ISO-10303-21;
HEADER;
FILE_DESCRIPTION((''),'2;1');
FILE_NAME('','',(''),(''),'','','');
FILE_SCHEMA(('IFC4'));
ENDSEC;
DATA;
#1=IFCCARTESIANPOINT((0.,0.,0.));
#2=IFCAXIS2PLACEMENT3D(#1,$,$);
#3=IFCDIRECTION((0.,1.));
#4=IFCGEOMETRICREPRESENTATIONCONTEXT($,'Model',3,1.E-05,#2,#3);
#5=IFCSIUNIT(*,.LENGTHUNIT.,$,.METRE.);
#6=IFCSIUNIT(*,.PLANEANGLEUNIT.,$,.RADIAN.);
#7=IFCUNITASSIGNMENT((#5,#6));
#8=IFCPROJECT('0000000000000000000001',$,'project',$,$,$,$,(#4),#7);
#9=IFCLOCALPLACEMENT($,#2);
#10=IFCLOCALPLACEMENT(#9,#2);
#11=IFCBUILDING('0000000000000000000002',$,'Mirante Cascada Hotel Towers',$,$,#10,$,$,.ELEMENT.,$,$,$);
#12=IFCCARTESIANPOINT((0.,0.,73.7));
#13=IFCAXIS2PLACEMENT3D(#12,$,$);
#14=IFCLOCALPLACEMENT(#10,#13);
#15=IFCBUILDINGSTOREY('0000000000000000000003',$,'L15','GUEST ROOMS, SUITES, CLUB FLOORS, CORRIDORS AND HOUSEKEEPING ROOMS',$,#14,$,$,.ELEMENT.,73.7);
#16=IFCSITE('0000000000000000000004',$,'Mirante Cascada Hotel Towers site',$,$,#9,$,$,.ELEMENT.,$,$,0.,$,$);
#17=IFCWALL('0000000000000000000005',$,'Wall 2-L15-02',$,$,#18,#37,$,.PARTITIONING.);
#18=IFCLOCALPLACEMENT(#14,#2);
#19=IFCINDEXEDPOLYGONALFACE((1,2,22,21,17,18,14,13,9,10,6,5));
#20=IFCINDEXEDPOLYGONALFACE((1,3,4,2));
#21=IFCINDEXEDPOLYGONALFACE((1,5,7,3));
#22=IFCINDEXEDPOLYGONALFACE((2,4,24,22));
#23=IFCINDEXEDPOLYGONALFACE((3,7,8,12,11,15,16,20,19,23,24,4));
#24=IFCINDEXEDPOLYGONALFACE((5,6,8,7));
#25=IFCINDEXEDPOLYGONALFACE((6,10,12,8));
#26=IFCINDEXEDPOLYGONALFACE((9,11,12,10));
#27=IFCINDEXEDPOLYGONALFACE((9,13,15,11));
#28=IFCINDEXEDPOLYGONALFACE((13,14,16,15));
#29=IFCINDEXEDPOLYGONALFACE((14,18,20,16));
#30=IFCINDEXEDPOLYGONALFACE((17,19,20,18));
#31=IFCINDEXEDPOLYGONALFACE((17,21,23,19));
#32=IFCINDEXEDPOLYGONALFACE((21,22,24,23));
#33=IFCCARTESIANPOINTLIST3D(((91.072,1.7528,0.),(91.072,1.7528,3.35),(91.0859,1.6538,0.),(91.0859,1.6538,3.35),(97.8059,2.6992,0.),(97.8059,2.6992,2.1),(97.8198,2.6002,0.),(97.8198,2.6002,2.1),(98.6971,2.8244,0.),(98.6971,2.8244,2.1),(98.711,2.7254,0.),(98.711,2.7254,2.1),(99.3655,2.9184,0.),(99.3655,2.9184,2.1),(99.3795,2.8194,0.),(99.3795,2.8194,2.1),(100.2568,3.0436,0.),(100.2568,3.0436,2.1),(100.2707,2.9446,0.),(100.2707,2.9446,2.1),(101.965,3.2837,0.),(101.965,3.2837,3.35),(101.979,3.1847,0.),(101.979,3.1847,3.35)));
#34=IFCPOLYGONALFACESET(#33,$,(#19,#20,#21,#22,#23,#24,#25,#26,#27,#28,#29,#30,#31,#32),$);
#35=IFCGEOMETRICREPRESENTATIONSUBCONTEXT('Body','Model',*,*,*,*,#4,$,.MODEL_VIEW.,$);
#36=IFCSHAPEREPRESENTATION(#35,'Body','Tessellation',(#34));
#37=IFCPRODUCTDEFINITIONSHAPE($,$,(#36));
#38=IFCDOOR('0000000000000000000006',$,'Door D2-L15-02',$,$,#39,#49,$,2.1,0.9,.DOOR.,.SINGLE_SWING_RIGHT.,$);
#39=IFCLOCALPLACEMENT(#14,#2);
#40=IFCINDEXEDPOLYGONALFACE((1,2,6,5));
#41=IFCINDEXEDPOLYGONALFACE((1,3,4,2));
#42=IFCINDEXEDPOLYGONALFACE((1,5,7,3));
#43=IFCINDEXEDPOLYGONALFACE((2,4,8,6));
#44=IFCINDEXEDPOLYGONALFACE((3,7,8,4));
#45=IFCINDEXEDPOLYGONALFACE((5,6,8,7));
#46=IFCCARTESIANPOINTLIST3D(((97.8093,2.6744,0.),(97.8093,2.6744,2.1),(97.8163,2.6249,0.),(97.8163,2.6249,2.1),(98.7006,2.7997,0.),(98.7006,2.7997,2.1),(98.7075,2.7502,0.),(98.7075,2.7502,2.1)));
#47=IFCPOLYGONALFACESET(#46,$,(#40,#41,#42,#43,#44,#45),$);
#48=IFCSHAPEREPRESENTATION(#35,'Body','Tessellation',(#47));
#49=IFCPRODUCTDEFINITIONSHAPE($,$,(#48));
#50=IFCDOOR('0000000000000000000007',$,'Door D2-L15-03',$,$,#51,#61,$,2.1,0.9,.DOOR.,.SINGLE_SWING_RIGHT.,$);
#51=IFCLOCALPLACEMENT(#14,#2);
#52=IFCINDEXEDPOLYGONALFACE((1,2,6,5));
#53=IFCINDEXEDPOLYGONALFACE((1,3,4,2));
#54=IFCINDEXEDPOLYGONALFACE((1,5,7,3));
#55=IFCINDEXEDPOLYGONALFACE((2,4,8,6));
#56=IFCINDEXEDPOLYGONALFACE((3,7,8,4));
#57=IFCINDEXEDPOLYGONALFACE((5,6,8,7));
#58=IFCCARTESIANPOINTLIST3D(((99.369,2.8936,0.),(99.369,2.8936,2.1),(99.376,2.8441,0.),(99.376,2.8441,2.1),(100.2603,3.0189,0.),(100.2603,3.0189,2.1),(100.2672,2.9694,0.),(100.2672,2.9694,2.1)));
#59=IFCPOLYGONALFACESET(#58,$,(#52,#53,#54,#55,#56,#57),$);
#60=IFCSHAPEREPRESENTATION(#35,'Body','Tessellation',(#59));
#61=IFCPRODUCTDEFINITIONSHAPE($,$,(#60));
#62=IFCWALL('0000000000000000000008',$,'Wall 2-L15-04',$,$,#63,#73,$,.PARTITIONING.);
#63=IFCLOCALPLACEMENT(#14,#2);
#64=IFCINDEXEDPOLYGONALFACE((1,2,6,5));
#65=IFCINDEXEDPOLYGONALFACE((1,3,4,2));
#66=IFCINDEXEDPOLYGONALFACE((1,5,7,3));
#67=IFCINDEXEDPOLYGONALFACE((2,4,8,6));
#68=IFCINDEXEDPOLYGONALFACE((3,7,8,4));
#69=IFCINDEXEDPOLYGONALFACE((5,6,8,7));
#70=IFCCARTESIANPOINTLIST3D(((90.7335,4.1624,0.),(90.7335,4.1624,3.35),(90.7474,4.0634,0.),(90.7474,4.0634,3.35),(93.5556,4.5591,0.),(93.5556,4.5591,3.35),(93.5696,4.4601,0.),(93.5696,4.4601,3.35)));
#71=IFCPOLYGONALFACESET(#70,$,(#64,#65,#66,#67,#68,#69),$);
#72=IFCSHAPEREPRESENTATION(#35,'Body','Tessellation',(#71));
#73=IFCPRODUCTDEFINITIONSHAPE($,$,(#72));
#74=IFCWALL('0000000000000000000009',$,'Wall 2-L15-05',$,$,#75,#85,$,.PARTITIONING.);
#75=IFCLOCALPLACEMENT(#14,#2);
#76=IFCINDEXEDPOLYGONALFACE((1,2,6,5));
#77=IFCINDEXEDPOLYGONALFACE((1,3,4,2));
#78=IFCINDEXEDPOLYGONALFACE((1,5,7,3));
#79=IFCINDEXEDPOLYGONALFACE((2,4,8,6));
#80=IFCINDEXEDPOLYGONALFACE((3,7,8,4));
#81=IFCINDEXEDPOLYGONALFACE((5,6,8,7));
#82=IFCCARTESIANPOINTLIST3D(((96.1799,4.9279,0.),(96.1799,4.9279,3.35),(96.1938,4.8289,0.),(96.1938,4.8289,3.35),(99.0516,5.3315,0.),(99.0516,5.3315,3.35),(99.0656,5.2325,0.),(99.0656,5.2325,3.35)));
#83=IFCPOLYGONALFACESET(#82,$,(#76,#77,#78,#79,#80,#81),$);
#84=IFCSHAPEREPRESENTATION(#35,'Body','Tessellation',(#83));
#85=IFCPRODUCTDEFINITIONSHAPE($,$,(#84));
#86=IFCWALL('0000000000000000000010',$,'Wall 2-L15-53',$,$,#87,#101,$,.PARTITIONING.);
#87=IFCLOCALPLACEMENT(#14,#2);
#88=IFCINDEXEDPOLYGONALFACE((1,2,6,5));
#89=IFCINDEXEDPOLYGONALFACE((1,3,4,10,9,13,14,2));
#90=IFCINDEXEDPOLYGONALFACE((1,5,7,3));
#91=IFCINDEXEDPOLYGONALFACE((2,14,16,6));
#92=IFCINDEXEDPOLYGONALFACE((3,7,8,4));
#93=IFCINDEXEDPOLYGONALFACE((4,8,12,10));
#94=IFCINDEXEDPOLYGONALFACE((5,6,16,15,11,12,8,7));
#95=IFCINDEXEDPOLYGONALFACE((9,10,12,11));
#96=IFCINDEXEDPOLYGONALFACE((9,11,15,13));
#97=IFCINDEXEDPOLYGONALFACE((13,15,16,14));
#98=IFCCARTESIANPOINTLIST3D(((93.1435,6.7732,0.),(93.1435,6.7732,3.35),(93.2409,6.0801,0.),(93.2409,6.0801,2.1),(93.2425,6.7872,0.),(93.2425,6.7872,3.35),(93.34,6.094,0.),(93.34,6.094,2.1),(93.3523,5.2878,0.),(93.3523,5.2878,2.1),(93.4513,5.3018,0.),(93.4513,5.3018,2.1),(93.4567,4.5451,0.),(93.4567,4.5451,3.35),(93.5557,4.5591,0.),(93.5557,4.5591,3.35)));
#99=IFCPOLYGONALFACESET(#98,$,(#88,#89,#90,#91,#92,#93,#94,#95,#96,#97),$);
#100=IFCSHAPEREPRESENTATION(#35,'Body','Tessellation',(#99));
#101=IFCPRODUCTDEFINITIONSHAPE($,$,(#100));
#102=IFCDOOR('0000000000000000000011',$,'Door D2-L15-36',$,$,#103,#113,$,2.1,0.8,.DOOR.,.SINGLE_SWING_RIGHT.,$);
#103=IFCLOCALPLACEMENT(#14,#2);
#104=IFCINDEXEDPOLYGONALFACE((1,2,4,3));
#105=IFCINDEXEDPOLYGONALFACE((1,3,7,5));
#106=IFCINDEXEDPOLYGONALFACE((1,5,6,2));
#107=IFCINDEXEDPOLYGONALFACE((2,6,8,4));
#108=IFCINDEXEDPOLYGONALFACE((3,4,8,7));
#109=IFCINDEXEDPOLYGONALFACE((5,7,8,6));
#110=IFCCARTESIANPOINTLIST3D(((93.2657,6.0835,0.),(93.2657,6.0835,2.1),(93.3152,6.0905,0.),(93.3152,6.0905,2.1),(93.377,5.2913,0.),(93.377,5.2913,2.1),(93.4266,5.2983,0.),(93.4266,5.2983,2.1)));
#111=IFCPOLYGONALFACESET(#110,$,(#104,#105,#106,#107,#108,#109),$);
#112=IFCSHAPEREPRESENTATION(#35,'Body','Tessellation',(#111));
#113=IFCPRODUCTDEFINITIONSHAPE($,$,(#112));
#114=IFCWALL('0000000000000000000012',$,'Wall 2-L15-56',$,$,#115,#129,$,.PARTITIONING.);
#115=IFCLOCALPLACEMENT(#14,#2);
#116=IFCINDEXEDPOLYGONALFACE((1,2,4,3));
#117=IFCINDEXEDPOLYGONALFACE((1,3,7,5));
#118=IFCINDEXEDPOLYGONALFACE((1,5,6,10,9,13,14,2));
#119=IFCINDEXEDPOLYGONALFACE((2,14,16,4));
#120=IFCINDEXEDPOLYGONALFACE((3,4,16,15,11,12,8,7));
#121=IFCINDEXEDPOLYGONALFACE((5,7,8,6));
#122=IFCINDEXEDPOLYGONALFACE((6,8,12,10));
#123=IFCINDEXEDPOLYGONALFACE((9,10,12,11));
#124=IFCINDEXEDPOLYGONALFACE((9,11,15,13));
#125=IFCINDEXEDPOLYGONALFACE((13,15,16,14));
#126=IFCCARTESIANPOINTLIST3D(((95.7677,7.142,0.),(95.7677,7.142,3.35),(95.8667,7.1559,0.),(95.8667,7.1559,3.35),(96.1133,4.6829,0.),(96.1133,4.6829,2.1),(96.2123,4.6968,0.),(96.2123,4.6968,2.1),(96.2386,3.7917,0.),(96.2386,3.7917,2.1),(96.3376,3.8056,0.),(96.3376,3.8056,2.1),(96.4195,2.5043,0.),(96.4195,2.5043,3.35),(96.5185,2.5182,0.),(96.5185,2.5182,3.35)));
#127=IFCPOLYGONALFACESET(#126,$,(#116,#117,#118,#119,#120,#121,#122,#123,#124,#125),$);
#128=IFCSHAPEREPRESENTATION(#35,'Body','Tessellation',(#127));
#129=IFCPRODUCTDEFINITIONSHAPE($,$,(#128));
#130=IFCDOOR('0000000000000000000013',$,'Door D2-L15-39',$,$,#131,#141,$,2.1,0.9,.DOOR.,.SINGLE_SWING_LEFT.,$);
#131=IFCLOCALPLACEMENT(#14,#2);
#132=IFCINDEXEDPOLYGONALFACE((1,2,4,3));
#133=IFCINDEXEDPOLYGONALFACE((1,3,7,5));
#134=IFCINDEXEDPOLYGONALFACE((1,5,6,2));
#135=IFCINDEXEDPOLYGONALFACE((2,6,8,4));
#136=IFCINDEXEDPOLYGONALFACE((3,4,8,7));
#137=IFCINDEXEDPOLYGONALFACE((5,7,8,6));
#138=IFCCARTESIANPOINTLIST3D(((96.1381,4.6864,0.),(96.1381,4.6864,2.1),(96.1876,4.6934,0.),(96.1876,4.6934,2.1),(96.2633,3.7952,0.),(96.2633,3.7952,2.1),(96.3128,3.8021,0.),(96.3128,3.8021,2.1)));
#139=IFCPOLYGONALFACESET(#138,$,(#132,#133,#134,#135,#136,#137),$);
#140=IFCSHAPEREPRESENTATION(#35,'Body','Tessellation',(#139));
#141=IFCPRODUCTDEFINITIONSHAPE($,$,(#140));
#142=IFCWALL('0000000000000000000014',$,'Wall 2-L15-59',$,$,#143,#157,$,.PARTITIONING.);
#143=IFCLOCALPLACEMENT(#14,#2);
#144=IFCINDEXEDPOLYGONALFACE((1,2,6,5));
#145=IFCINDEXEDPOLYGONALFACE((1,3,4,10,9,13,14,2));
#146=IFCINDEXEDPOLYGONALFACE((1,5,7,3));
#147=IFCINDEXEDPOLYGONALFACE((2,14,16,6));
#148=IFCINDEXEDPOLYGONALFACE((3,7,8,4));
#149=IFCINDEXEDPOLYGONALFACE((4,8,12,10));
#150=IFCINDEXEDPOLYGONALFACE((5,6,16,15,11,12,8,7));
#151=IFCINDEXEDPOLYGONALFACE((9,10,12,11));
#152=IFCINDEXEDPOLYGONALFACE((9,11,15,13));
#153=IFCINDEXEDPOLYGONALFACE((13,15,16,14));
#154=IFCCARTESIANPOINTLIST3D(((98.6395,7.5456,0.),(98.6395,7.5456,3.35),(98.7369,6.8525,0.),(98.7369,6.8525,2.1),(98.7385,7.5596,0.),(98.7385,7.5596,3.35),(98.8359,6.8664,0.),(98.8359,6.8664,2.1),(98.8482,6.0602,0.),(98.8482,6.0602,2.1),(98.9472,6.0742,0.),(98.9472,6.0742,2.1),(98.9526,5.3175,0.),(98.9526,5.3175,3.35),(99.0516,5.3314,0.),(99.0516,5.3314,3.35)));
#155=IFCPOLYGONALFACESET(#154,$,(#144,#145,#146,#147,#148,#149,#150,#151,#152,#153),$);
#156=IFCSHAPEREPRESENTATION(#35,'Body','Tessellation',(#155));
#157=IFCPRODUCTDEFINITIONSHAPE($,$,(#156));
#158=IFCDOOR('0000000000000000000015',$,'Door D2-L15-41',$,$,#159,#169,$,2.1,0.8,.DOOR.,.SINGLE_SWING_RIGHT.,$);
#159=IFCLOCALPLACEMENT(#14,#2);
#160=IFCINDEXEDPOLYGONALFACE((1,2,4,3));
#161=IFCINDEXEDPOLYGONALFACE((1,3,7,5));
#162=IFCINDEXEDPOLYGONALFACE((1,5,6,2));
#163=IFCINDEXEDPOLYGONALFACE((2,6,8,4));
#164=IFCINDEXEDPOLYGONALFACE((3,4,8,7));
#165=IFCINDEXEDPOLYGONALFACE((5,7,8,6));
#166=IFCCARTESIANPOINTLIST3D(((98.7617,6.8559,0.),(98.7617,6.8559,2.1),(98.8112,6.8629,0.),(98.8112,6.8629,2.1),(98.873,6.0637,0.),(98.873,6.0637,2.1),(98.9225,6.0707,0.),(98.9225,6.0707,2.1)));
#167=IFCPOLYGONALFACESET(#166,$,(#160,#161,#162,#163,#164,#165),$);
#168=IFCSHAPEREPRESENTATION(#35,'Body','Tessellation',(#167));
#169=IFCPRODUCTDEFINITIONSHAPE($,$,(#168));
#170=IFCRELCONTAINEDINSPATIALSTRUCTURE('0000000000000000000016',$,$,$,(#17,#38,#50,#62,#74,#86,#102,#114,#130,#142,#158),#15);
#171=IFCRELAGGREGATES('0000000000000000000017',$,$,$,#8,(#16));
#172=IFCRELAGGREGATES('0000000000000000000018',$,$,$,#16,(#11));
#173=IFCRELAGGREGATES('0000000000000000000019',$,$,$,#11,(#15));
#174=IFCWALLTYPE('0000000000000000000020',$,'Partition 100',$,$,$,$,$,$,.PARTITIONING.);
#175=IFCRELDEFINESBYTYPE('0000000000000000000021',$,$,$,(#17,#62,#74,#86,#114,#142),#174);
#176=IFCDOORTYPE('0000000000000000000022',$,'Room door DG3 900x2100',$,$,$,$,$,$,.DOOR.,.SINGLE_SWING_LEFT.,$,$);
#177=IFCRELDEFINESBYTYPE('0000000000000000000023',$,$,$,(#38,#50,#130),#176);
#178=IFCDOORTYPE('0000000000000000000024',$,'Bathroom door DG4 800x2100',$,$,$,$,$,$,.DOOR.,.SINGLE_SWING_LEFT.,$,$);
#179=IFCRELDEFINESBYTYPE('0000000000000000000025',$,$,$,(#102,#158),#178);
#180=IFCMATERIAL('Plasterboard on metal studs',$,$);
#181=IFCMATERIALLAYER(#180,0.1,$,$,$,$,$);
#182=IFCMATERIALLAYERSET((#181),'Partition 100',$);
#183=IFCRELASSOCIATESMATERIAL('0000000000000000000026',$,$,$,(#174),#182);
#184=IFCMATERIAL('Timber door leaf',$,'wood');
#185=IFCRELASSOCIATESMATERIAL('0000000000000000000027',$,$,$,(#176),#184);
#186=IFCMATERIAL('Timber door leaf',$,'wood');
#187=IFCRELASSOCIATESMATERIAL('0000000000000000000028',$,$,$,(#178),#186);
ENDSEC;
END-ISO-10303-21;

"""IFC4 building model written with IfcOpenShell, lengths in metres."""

from ifc_helpers import new_model, si_unit, direction, frame, frame_2d, origin, place, context, subcontext, project, spatial, rectangle, extrude, material, layer, layer_set, type_object, element, fill, save


model = new_model("IFC4")

# Units and contexts
model_context = context("Model", 3, precision=1e-05, world=origin(), true_north=direction((0.0, 1.0)))
body_context = subcontext(model_context, "Body", "Model", "MODEL_VIEW")
ifc_project = project(units=[si_unit("LENGTHUNIT", "METRE"), si_unit("PLANEANGLEUNIT", "RADIAN")], contexts=[model_context])

# Site, building, storey
site_placement = place(None, origin())
site = spatial("IfcSite", under=ifc_project, at=site_placement, Name="Mirante Cascada Hotel Towers site", CompositionType="ELEMENT", RefElevation=0.0)
building_placement = place(site_placement, origin())
building = spatial("IfcBuilding", under=site, at=building_placement, Name="Mirante Cascada Hotel Towers", CompositionType="ELEMENT")
storey_placement = place(building_placement, frame((0.0, 0.0, 73.7)))
storey = spatial("IfcBuildingStorey", under=building, at=storey_placement, Name="L15", Description="GUEST ROOMS, SUITES, CLUB FLOORS, CORRIDORS AND HOUSEKEEPING ROOMS", CompositionType="ELEMENT", Elevation=73.7)

# Wall, openings, doors
ifc_material_1 = material(Name="Plasterboard on metal studs")
ifc_layer_1 = layer(ifc_material_1, 0.1)
ifc_layer_set_1 = layer_set([ifc_layer_1], Name="Partition 100")
wall_type_1 = type_object("IfcWallType", Name="Partition 100", PredefinedType="PARTITIONING", material=ifc_layer_set_1)
wall_1_placement = place(storey_placement, frame((91.079, 1.7033, 0.0), z_axis=(0.0, 0.0, 1.0), x_axis=(0.990268, 0.139172, 0.0)))
wall_1 = element("IfcWall", 1, at=wall_1_placement, inside=storey, type_object=wall_type_1, Name="Wall 2-L15-02", PredefinedType="PARTITIONING", context=body_context, shape_type="SweptSolid", body=[
    extrude(rectangle(XDim=11.0001, YDim=0.1, at=frame_2d((5.5, 0.0))), origin(), (0.0, 0.0, 1.0), 3.35),
])
opening_1_placement = place(wall_1_placement, frame((6.8, 0.0, 0.0)))
opening_1 = element("IfcOpeningElement", 2, at=opening_1_placement, cuts=wall_1, PredefinedType="OPENING", context=body_context, shape_type="SweptSolid", body=[
    extrude(rectangle(XDim=0.9, YDim=2.1, at=frame_2d((0.45, 1.05))), frame((0.0, 0.05, 0.0), z_axis=(0.0, -1.0, 0.0), x_axis=(1.0, 0.0, 0.0)), (0.0, 0.0, 1.0), 0.1),
])
opening_2_placement = place(wall_1_placement, frame((8.375, 0.0, 0.0)))
opening_2 = element("IfcOpeningElement", 3, at=opening_2_placement, cuts=wall_1, PredefinedType="OPENING", context=body_context, shape_type="SweptSolid", body=[
    extrude(rectangle(XDim=0.9, YDim=2.1, at=frame_2d((0.45, 1.05))), frame((0.0, 0.05, 0.0), z_axis=(0.0, -1.0, 0.0), x_axis=(1.0, 0.0, 0.0)), (0.0, 0.0, 1.0), 0.1),
])
ifc_material_2 = material(Name="Timber door leaf", Category="wood")
door_type_1 = type_object("IfcDoorType", Name="Room door DG3 900x2100", OperationType="SINGLE_SWING_LEFT", PredefinedType="DOOR", material=ifc_material_2)
door_1_placement = place(opening_1_placement, frame((0.9, 0.0, 0.0), z_axis=(0.0, 0.0, 1.0), x_axis=(-1.0, 0.0, 0.0)))
door_1 = element("IfcDoor", 4, at=door_1_placement, inside=storey, type_object=door_type_1, Name="Door D2-L15-02", OperationType="SINGLE_SWING_RIGHT", OverallHeight=2.1, OverallWidth=0.9, PredefinedType="DOOR", context=body_context, shape_type="SweptSolid", body=[
    extrude(rectangle(XDim=0.9, YDim=2.1, at=frame_2d((0.45, 1.05))), frame((0.0, 0.025, 0.0), z_axis=(0.0, -1.0, 0.0), x_axis=(1.0, 0.0, 0.0)), (0.0, 0.0, 1.0), 0.05),
])
fill(opening_1, door_1)
door_2_placement = place(opening_2_placement, frame((0.9, 0.0, 0.0), z_axis=(0.0, 0.0, 1.0), x_axis=(-1.0, 0.0, 0.0)))
door_2 = element("IfcDoor", 5, at=door_2_placement, inside=storey, type_object=door_type_1, Name="Door D2-L15-03", OperationType="SINGLE_SWING_RIGHT", OverallHeight=2.1, OverallWidth=0.9, PredefinedType="DOOR", context=body_context, shape_type="SweptSolid", body=[
    extrude(rectangle(XDim=0.9, YDim=2.1, at=frame_2d((0.45, 1.05))), frame((0.0, 0.025, 0.0), z_axis=(0.0, -1.0, 0.0), x_axis=(1.0, 0.0, 0.0)), (0.0, 0.0, 1.0), 0.05),
])
fill(opening_2, door_2)

# Walls
wall_2_placement = place(storey_placement, frame((90.7404, 4.1129, 0.0), z_axis=(0.0, 0.0, 1.0), x_axis=(0.990265, 0.139196, 0.0)))
element("IfcWall", 6, at=wall_2_placement, inside=storey, type_object=wall_type_1, Name="Wall 2-L15-04", PredefinedType="PARTITIONING", context=body_context, shape_type="SweptSolid", body=[
    extrude(rectangle(XDim=2.8499, YDim=0.1, at=frame_2d((1.425, 0.0))), origin(), (0.0, 0.0, 1.0), 3.35),
])
wall_3_placement = place(storey_placement, frame((99.0586, 5.282, 0.0), z_axis=(0.0, 0.0, 1.0), x_axis=(-0.990268, -0.139171, 0.0)))
element("IfcWall", 7, at=wall_3_placement, inside=storey, type_object=wall_type_1, Name="Wall 2-L15-05", PredefinedType="PARTITIONING", context=body_context, shape_type="SweptSolid", body=[
    extrude(rectangle(XDim=2.9, YDim=0.1, at=frame_2d((1.45, 0.0))), origin(), (0.0, 0.0, 1.0), 3.35),
])

# Walls, openings, doors
wall_4_placement = place(storey_placement, frame((93.193, 6.7802, 0.0), z_axis=(0.0, 0.0, 1.0), x_axis=(0.1392, -0.990264, 0.0)))
wall_4 = element("IfcWall", 8, at=wall_4_placement, inside=storey, type_object=wall_type_1, Name="Wall 2-L15-53", PredefinedType="PARTITIONING", context=body_context, shape_type="SweptSolid", body=[
    extrude(rectangle(XDim=2.25, YDim=0.1, at=frame_2d((1.125, 0.0))), origin(), (0.0, 0.0, 1.0), 3.35),
])
opening_3_placement = place(wall_4_placement, frame((0.7, 0.0, 0.0)))
opening_3 = element("IfcOpeningElement", 9, at=opening_3_placement, cuts=wall_4, PredefinedType="OPENING", context=body_context, shape_type="SweptSolid", body=[
    extrude(rectangle(XDim=0.8, YDim=2.1, at=frame_2d((0.4, 1.05))), frame((0.0, 0.05, 0.0), z_axis=(0.0, -1.0, 0.0), x_axis=(1.0, 0.0, 0.0)), (0.0, 0.0, 1.0), 0.1),
])
ifc_material_3 = material(Name="Timber door leaf", Category="wood")
door_type_2 = type_object("IfcDoorType", Name="Bathroom door DG4 800x2100", OperationType="SINGLE_SWING_LEFT", PredefinedType="DOOR", material=ifc_material_3)
door_3_placement = place(opening_3_placement, frame((0.8, 0.0, 0.0), z_axis=(0.0, 0.0, 1.0), x_axis=(-1.0, 0.0, 0.0)))
door_3 = element("IfcDoor", 10, at=door_3_placement, inside=storey, type_object=door_type_2, Name="Door D2-L15-36", OperationType="SINGLE_SWING_RIGHT", OverallHeight=2.1, OverallWidth=0.8, PredefinedType="DOOR", context=body_context, shape_type="SweptSolid", body=[
    extrude(rectangle(XDim=0.8, YDim=2.1, at=frame_2d((0.4, 1.05))), frame((0.0, 0.025, 0.0), z_axis=(0.0, -1.0, 0.0), x_axis=(1.0, 0.0, 0.0)), (0.0, 0.0, 1.0), 0.05),
])
fill(opening_3, door_3)
wall_5_placement = place(storey_placement, frame((96.469, 2.5113, 0.0), z_axis=(0.0, 0.0, 1.0), x_axis=(-0.139176, 0.990268, 0.0)))
wall_5 = element("IfcWall", 11, at=wall_5_placement, inside=storey, type_object=wall_type_1, Name="Wall 2-L15-56", PredefinedType="PARTITIONING", context=body_context, shape_type="SweptSolid", body=[
    extrude(rectangle(XDim=4.6833, YDim=0.1, at=frame_2d((2.3416, 0.0))), origin(), (0.0, 0.0, 1.0), 3.35),
])
opening_4_placement = place(wall_5_placement, frame((1.3, 0.0, 0.0)))
opening_4 = element("IfcOpeningElement", 12, at=opening_4_placement, cuts=wall_5, PredefinedType="OPENING", context=body_context, shape_type="SweptSolid", body=[
    extrude(rectangle(XDim=0.9, YDim=2.1, at=frame_2d((0.45, 1.05))), frame((0.0, 0.05, 0.0), z_axis=(0.0, -1.0, 0.0), x_axis=(1.0, 0.0, 0.0)), (0.0, 0.0, 1.0), 0.1),
])
door_4_placement = place(opening_4_placement, origin())
door_4 = element("IfcDoor", 13, at=door_4_placement, inside=storey, type_object=door_type_1, Name="Door D2-L15-39", OperationType="SINGLE_SWING_LEFT", OverallHeight=2.1, OverallWidth=0.9, PredefinedType="DOOR", context=body_context, shape_type="SweptSolid", body=[
    extrude(rectangle(XDim=0.9, YDim=2.1, at=frame_2d((0.45, 1.05))), frame((0.0, 0.025, 0.0), z_axis=(0.0, -1.0, 0.0), x_axis=(1.0, 0.0, 0.0)), (0.0, 0.0, 1.0), 0.05),
])
fill(opening_4, door_4)
wall_6_placement = place(storey_placement, frame((98.689, 7.5526, 0.0), z_axis=(0.0, 0.0, 1.0), x_axis=(0.139156, -0.990271, 0.0)))
wall_6 = element("IfcWall", 14, at=wall_6_placement, inside=storey, type_object=wall_type_1, Name="Wall 2-L15-59", PredefinedType="PARTITIONING", context=body_context, shape_type="SweptSolid", body=[
    extrude(rectangle(XDim=2.25, YDim=0.1, at=frame_2d((1.125, 0.0))), origin(), (0.0, 0.0, 1.0), 3.35),
])
opening_5_placement = place(wall_6_placement, frame((0.7, 0.0, 0.0)))
opening_5 = element("IfcOpeningElement", 15, at=opening_5_placement, cuts=wall_6, PredefinedType="OPENING", context=body_context, shape_type="SweptSolid", body=[
    extrude(rectangle(XDim=0.8, YDim=2.1, at=frame_2d((0.4, 1.05))), frame((0.0, 0.05, 0.0), z_axis=(0.0, -1.0, 0.0), x_axis=(1.0, 0.0, 0.0)), (0.0, 0.0, 1.0), 0.1),
])
door_5_placement = place(opening_5_placement, frame((0.8, 0.0, 0.0), z_axis=(0.0, 0.0, 1.0), x_axis=(-1.0, 0.0, 0.0)))
door_5 = element("IfcDoor", 16, at=door_5_placement, inside=storey, type_object=door_type_2, Name="Door D2-L15-41", OperationType="SINGLE_SWING_RIGHT", OverallHeight=2.1, OverallWidth=0.8, PredefinedType="DOOR", context=body_context, shape_type="SweptSolid", body=[
    extrude(rectangle(XDim=0.8, YDim=2.1, at=frame_2d((0.4, 1.05))), frame((0.0, 0.025, 0.0), z_axis=(0.0, -1.0, 0.0), x_axis=(1.0, 0.0, 0.0)), (0.0, 0.0, 1.0), 0.05),
])
fill(opening_5, door_5)

save(model, "model.ifc")
